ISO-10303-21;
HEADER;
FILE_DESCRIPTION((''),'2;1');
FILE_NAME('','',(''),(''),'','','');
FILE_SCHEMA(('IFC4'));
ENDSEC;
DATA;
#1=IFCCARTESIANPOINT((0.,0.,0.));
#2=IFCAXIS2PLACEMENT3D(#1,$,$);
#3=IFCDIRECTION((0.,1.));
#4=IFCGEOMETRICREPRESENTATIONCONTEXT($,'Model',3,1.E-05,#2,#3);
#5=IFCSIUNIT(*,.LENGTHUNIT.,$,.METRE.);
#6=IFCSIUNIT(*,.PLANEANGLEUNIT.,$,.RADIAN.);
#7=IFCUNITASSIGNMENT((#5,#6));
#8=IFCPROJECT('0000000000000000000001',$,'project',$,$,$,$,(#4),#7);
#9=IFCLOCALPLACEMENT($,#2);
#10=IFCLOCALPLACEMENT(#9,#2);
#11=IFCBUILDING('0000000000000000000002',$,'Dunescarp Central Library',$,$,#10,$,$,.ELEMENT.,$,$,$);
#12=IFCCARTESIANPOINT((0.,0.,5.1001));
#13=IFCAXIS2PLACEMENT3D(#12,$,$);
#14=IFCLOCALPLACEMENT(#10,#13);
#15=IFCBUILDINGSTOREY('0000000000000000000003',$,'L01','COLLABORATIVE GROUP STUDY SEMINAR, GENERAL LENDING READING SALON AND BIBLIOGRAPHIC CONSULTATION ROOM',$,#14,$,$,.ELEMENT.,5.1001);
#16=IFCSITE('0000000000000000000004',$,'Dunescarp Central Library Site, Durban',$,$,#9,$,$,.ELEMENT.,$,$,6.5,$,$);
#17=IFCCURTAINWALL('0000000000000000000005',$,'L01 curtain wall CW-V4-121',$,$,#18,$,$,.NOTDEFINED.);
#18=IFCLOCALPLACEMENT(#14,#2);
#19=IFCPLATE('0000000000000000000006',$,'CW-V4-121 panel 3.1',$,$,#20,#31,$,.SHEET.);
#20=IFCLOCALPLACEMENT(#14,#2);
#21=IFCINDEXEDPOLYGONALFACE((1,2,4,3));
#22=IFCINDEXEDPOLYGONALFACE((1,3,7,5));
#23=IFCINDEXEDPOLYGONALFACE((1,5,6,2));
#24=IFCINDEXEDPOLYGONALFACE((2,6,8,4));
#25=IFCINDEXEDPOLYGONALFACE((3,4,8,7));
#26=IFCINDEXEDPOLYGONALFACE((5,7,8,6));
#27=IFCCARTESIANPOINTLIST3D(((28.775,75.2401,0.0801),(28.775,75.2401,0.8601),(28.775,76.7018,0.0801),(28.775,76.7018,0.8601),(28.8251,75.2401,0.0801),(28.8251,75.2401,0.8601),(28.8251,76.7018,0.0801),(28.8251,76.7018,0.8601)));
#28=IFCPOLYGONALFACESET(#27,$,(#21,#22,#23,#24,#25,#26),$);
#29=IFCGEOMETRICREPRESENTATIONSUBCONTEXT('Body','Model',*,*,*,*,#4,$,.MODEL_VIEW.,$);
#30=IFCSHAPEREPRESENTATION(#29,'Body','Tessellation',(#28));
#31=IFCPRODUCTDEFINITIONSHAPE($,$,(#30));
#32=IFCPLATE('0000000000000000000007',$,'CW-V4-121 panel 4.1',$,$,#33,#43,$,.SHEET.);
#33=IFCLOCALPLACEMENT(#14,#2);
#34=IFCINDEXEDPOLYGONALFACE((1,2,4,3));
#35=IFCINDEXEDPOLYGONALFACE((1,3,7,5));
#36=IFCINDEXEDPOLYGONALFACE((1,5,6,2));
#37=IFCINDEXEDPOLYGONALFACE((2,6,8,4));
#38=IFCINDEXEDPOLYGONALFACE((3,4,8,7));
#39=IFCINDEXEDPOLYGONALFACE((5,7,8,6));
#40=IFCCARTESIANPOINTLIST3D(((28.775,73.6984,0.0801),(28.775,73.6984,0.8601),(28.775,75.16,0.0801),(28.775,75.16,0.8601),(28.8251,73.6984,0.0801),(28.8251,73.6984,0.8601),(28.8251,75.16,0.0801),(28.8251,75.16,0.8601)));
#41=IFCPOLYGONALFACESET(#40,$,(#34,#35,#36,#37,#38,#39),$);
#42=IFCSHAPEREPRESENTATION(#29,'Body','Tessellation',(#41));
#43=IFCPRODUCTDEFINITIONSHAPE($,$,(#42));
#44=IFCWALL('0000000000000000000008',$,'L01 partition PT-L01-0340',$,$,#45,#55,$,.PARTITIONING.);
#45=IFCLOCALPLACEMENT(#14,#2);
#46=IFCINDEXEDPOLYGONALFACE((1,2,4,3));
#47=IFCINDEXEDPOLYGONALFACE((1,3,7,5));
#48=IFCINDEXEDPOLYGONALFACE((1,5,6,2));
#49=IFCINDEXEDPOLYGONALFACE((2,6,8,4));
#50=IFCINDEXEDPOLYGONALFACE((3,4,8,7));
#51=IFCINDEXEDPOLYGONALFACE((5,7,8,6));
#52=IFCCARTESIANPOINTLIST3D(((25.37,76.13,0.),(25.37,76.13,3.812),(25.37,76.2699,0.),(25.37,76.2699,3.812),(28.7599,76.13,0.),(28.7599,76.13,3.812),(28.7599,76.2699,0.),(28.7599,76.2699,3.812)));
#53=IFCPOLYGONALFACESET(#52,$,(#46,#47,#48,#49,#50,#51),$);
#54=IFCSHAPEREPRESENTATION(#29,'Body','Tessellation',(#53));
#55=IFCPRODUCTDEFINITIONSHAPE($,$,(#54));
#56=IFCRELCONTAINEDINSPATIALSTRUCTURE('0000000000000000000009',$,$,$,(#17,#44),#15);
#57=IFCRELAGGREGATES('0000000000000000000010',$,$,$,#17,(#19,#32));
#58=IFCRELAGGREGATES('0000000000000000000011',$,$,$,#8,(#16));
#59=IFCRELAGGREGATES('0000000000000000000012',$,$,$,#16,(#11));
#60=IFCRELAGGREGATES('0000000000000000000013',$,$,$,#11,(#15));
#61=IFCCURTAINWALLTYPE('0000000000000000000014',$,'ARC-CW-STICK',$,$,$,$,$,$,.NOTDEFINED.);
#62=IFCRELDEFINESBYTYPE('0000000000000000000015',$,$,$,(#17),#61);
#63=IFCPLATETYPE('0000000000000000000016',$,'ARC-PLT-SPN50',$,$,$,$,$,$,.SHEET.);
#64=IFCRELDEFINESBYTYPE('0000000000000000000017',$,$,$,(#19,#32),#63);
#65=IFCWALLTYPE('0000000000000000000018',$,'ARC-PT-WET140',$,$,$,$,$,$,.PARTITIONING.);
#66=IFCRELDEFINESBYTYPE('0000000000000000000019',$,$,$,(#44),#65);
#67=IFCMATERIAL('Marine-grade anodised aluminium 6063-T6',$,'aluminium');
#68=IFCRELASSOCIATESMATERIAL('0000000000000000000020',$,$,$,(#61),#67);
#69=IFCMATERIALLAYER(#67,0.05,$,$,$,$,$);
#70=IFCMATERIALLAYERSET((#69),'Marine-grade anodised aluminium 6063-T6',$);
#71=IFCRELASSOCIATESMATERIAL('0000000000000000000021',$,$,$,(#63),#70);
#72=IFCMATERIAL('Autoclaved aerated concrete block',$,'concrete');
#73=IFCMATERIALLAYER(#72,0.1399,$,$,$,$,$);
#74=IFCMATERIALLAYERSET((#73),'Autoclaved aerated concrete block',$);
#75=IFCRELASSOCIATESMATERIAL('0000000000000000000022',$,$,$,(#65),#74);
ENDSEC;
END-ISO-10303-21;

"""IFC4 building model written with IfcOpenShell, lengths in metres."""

from ifc_helpers import new_model, si_unit, direction, frame, frame_2d, origin, origin_2d, place, context, subcontext, project, spatial, rectangle, extrude, material, layer, layer_set, type_object, element, aggregate, save


model = new_model("IFC4")

# Units and contexts
model_context = context("Model", 3, precision=1e-05, world=origin(), true_north=direction((0.0, 1.0)))
body_context = subcontext(model_context, "Body", "Model", "MODEL_VIEW")
ifc_project = project(units=[si_unit("LENGTHUNIT", "METRE"), si_unit("PLANEANGLEUNIT", "RADIAN")], contexts=[model_context])

# Site, building, storey
site_placement = place(None, origin())
site = spatial("IfcSite", under=ifc_project, at=site_placement, Name="Dunescarp Central Library Site, Durban", CompositionType="ELEMENT", RefElevation=6.5)
building_placement = place(site_placement, origin())
building = spatial("IfcBuilding", under=site, at=building_placement, Name="Dunescarp Central Library", CompositionType="ELEMENT")
storey_placement = place(building_placement, frame((0.0, 0.0, 5.1001)))
storey = spatial("IfcBuildingStorey", under=building, at=storey_placement, Name="L01", Description="COLLABORATIVE GROUP STUDY SEMINAR, GENERAL LENDING READING SALON AND BIBLIOGRAPHIC CONSULTATION ROOM", CompositionType="ELEMENT", Elevation=5.1001)

# Curtain wall
ifc_material_1 = material(Name="Marine-grade anodised aluminium 6063-T6", Category="aluminium")
curtain_wall_type = type_object("IfcCurtainWallType", Name="ARC-CW-STICK", PredefinedType="NOTDEFINED", material=ifc_material_1)
curtain_wall_placement = place(storey_placement, origin())
curtain_wall = element("IfcCurtainWall", 1, at=curtain_wall_placement, inside=storey, type_object=curtain_wall_type, Name="L01 curtain wall CW-V4-121", PredefinedType="NOTDEFINED")

# Plates
ifc_layer_1 = layer(ifc_material_1, 0.05)
ifc_layer_set_1 = layer_set([ifc_layer_1], Name="Marine-grade anodised aluminium 6063-T6")
plate_type_1 = type_object("IfcPlateType", Name="ARC-PLT-SPN50", PredefinedType="SHEET", material=ifc_layer_set_1)
plate_1_placement = place(storey_placement, frame((28.8, 75.9709, 0.0801), z_axis=(0.0, 0.0, 1.0), x_axis=(0.0, -1.0, 0.0)))
plate_1 = element("IfcPlate", 2, at=plate_1_placement, type_object=plate_type_1, Name="CW-V4-121 panel 3.1", PredefinedType="SHEET", context=body_context, shape_type="SweptSolid", body=[
    extrude(rectangle(XDim=1.4617, YDim=0.05, at=origin_2d()), origin(), (0.0, 0.0, 1.0), 0.78),
])
plate_2_placement = place(storey_placement, frame((28.8, 74.4292, 0.0801), z_axis=(0.0, 0.0, 1.0), x_axis=(0.0, -1.0, 0.0)))
plate_2 = element("IfcPlate", 3, at=plate_2_placement, type_object=plate_type_1, Name="CW-V4-121 panel 4.1", PredefinedType="SHEET", context=body_context, shape_type="SweptSolid", body=[
    extrude(rectangle(XDim=1.4617, YDim=0.05, at=origin_2d()), origin(), (0.0, 0.0, 1.0), 0.78),
])
aggregate(curtain_wall, [plate_1, plate_2])

# Wall
ifc_material_2 = material(Name="Autoclaved aerated concrete block", Category="concrete")
ifc_layer_2 = layer(ifc_material_2, 0.1399)
ifc_layer_set_2 = layer_set([ifc_layer_2], Name="Autoclaved aerated concrete block")
wall_type = type_object("IfcWallType", Name="ARC-PT-WET140", PredefinedType="PARTITIONING", material=ifc_layer_set_2)
wall_placement = place(storey_placement, frame((25.3701, 76.2, 0.0), z_axis=(0.0, 0.0, 1.0), x_axis=(1.0, 0.0, 0.0)))
element("IfcWall", 4, at=wall_placement, inside=storey, type_object=wall_type, Name="L01 partition PT-L01-0340", PredefinedType="PARTITIONING", context=body_context, shape_type="SweptSolid", body=[
    extrude(rectangle(XDim=3.3899, YDim=0.1399, at=frame_2d((1.6948, 0.0))), origin(), (0.0, 0.0, 1.0), 3.812),
])

save(model, "model.ifc")
